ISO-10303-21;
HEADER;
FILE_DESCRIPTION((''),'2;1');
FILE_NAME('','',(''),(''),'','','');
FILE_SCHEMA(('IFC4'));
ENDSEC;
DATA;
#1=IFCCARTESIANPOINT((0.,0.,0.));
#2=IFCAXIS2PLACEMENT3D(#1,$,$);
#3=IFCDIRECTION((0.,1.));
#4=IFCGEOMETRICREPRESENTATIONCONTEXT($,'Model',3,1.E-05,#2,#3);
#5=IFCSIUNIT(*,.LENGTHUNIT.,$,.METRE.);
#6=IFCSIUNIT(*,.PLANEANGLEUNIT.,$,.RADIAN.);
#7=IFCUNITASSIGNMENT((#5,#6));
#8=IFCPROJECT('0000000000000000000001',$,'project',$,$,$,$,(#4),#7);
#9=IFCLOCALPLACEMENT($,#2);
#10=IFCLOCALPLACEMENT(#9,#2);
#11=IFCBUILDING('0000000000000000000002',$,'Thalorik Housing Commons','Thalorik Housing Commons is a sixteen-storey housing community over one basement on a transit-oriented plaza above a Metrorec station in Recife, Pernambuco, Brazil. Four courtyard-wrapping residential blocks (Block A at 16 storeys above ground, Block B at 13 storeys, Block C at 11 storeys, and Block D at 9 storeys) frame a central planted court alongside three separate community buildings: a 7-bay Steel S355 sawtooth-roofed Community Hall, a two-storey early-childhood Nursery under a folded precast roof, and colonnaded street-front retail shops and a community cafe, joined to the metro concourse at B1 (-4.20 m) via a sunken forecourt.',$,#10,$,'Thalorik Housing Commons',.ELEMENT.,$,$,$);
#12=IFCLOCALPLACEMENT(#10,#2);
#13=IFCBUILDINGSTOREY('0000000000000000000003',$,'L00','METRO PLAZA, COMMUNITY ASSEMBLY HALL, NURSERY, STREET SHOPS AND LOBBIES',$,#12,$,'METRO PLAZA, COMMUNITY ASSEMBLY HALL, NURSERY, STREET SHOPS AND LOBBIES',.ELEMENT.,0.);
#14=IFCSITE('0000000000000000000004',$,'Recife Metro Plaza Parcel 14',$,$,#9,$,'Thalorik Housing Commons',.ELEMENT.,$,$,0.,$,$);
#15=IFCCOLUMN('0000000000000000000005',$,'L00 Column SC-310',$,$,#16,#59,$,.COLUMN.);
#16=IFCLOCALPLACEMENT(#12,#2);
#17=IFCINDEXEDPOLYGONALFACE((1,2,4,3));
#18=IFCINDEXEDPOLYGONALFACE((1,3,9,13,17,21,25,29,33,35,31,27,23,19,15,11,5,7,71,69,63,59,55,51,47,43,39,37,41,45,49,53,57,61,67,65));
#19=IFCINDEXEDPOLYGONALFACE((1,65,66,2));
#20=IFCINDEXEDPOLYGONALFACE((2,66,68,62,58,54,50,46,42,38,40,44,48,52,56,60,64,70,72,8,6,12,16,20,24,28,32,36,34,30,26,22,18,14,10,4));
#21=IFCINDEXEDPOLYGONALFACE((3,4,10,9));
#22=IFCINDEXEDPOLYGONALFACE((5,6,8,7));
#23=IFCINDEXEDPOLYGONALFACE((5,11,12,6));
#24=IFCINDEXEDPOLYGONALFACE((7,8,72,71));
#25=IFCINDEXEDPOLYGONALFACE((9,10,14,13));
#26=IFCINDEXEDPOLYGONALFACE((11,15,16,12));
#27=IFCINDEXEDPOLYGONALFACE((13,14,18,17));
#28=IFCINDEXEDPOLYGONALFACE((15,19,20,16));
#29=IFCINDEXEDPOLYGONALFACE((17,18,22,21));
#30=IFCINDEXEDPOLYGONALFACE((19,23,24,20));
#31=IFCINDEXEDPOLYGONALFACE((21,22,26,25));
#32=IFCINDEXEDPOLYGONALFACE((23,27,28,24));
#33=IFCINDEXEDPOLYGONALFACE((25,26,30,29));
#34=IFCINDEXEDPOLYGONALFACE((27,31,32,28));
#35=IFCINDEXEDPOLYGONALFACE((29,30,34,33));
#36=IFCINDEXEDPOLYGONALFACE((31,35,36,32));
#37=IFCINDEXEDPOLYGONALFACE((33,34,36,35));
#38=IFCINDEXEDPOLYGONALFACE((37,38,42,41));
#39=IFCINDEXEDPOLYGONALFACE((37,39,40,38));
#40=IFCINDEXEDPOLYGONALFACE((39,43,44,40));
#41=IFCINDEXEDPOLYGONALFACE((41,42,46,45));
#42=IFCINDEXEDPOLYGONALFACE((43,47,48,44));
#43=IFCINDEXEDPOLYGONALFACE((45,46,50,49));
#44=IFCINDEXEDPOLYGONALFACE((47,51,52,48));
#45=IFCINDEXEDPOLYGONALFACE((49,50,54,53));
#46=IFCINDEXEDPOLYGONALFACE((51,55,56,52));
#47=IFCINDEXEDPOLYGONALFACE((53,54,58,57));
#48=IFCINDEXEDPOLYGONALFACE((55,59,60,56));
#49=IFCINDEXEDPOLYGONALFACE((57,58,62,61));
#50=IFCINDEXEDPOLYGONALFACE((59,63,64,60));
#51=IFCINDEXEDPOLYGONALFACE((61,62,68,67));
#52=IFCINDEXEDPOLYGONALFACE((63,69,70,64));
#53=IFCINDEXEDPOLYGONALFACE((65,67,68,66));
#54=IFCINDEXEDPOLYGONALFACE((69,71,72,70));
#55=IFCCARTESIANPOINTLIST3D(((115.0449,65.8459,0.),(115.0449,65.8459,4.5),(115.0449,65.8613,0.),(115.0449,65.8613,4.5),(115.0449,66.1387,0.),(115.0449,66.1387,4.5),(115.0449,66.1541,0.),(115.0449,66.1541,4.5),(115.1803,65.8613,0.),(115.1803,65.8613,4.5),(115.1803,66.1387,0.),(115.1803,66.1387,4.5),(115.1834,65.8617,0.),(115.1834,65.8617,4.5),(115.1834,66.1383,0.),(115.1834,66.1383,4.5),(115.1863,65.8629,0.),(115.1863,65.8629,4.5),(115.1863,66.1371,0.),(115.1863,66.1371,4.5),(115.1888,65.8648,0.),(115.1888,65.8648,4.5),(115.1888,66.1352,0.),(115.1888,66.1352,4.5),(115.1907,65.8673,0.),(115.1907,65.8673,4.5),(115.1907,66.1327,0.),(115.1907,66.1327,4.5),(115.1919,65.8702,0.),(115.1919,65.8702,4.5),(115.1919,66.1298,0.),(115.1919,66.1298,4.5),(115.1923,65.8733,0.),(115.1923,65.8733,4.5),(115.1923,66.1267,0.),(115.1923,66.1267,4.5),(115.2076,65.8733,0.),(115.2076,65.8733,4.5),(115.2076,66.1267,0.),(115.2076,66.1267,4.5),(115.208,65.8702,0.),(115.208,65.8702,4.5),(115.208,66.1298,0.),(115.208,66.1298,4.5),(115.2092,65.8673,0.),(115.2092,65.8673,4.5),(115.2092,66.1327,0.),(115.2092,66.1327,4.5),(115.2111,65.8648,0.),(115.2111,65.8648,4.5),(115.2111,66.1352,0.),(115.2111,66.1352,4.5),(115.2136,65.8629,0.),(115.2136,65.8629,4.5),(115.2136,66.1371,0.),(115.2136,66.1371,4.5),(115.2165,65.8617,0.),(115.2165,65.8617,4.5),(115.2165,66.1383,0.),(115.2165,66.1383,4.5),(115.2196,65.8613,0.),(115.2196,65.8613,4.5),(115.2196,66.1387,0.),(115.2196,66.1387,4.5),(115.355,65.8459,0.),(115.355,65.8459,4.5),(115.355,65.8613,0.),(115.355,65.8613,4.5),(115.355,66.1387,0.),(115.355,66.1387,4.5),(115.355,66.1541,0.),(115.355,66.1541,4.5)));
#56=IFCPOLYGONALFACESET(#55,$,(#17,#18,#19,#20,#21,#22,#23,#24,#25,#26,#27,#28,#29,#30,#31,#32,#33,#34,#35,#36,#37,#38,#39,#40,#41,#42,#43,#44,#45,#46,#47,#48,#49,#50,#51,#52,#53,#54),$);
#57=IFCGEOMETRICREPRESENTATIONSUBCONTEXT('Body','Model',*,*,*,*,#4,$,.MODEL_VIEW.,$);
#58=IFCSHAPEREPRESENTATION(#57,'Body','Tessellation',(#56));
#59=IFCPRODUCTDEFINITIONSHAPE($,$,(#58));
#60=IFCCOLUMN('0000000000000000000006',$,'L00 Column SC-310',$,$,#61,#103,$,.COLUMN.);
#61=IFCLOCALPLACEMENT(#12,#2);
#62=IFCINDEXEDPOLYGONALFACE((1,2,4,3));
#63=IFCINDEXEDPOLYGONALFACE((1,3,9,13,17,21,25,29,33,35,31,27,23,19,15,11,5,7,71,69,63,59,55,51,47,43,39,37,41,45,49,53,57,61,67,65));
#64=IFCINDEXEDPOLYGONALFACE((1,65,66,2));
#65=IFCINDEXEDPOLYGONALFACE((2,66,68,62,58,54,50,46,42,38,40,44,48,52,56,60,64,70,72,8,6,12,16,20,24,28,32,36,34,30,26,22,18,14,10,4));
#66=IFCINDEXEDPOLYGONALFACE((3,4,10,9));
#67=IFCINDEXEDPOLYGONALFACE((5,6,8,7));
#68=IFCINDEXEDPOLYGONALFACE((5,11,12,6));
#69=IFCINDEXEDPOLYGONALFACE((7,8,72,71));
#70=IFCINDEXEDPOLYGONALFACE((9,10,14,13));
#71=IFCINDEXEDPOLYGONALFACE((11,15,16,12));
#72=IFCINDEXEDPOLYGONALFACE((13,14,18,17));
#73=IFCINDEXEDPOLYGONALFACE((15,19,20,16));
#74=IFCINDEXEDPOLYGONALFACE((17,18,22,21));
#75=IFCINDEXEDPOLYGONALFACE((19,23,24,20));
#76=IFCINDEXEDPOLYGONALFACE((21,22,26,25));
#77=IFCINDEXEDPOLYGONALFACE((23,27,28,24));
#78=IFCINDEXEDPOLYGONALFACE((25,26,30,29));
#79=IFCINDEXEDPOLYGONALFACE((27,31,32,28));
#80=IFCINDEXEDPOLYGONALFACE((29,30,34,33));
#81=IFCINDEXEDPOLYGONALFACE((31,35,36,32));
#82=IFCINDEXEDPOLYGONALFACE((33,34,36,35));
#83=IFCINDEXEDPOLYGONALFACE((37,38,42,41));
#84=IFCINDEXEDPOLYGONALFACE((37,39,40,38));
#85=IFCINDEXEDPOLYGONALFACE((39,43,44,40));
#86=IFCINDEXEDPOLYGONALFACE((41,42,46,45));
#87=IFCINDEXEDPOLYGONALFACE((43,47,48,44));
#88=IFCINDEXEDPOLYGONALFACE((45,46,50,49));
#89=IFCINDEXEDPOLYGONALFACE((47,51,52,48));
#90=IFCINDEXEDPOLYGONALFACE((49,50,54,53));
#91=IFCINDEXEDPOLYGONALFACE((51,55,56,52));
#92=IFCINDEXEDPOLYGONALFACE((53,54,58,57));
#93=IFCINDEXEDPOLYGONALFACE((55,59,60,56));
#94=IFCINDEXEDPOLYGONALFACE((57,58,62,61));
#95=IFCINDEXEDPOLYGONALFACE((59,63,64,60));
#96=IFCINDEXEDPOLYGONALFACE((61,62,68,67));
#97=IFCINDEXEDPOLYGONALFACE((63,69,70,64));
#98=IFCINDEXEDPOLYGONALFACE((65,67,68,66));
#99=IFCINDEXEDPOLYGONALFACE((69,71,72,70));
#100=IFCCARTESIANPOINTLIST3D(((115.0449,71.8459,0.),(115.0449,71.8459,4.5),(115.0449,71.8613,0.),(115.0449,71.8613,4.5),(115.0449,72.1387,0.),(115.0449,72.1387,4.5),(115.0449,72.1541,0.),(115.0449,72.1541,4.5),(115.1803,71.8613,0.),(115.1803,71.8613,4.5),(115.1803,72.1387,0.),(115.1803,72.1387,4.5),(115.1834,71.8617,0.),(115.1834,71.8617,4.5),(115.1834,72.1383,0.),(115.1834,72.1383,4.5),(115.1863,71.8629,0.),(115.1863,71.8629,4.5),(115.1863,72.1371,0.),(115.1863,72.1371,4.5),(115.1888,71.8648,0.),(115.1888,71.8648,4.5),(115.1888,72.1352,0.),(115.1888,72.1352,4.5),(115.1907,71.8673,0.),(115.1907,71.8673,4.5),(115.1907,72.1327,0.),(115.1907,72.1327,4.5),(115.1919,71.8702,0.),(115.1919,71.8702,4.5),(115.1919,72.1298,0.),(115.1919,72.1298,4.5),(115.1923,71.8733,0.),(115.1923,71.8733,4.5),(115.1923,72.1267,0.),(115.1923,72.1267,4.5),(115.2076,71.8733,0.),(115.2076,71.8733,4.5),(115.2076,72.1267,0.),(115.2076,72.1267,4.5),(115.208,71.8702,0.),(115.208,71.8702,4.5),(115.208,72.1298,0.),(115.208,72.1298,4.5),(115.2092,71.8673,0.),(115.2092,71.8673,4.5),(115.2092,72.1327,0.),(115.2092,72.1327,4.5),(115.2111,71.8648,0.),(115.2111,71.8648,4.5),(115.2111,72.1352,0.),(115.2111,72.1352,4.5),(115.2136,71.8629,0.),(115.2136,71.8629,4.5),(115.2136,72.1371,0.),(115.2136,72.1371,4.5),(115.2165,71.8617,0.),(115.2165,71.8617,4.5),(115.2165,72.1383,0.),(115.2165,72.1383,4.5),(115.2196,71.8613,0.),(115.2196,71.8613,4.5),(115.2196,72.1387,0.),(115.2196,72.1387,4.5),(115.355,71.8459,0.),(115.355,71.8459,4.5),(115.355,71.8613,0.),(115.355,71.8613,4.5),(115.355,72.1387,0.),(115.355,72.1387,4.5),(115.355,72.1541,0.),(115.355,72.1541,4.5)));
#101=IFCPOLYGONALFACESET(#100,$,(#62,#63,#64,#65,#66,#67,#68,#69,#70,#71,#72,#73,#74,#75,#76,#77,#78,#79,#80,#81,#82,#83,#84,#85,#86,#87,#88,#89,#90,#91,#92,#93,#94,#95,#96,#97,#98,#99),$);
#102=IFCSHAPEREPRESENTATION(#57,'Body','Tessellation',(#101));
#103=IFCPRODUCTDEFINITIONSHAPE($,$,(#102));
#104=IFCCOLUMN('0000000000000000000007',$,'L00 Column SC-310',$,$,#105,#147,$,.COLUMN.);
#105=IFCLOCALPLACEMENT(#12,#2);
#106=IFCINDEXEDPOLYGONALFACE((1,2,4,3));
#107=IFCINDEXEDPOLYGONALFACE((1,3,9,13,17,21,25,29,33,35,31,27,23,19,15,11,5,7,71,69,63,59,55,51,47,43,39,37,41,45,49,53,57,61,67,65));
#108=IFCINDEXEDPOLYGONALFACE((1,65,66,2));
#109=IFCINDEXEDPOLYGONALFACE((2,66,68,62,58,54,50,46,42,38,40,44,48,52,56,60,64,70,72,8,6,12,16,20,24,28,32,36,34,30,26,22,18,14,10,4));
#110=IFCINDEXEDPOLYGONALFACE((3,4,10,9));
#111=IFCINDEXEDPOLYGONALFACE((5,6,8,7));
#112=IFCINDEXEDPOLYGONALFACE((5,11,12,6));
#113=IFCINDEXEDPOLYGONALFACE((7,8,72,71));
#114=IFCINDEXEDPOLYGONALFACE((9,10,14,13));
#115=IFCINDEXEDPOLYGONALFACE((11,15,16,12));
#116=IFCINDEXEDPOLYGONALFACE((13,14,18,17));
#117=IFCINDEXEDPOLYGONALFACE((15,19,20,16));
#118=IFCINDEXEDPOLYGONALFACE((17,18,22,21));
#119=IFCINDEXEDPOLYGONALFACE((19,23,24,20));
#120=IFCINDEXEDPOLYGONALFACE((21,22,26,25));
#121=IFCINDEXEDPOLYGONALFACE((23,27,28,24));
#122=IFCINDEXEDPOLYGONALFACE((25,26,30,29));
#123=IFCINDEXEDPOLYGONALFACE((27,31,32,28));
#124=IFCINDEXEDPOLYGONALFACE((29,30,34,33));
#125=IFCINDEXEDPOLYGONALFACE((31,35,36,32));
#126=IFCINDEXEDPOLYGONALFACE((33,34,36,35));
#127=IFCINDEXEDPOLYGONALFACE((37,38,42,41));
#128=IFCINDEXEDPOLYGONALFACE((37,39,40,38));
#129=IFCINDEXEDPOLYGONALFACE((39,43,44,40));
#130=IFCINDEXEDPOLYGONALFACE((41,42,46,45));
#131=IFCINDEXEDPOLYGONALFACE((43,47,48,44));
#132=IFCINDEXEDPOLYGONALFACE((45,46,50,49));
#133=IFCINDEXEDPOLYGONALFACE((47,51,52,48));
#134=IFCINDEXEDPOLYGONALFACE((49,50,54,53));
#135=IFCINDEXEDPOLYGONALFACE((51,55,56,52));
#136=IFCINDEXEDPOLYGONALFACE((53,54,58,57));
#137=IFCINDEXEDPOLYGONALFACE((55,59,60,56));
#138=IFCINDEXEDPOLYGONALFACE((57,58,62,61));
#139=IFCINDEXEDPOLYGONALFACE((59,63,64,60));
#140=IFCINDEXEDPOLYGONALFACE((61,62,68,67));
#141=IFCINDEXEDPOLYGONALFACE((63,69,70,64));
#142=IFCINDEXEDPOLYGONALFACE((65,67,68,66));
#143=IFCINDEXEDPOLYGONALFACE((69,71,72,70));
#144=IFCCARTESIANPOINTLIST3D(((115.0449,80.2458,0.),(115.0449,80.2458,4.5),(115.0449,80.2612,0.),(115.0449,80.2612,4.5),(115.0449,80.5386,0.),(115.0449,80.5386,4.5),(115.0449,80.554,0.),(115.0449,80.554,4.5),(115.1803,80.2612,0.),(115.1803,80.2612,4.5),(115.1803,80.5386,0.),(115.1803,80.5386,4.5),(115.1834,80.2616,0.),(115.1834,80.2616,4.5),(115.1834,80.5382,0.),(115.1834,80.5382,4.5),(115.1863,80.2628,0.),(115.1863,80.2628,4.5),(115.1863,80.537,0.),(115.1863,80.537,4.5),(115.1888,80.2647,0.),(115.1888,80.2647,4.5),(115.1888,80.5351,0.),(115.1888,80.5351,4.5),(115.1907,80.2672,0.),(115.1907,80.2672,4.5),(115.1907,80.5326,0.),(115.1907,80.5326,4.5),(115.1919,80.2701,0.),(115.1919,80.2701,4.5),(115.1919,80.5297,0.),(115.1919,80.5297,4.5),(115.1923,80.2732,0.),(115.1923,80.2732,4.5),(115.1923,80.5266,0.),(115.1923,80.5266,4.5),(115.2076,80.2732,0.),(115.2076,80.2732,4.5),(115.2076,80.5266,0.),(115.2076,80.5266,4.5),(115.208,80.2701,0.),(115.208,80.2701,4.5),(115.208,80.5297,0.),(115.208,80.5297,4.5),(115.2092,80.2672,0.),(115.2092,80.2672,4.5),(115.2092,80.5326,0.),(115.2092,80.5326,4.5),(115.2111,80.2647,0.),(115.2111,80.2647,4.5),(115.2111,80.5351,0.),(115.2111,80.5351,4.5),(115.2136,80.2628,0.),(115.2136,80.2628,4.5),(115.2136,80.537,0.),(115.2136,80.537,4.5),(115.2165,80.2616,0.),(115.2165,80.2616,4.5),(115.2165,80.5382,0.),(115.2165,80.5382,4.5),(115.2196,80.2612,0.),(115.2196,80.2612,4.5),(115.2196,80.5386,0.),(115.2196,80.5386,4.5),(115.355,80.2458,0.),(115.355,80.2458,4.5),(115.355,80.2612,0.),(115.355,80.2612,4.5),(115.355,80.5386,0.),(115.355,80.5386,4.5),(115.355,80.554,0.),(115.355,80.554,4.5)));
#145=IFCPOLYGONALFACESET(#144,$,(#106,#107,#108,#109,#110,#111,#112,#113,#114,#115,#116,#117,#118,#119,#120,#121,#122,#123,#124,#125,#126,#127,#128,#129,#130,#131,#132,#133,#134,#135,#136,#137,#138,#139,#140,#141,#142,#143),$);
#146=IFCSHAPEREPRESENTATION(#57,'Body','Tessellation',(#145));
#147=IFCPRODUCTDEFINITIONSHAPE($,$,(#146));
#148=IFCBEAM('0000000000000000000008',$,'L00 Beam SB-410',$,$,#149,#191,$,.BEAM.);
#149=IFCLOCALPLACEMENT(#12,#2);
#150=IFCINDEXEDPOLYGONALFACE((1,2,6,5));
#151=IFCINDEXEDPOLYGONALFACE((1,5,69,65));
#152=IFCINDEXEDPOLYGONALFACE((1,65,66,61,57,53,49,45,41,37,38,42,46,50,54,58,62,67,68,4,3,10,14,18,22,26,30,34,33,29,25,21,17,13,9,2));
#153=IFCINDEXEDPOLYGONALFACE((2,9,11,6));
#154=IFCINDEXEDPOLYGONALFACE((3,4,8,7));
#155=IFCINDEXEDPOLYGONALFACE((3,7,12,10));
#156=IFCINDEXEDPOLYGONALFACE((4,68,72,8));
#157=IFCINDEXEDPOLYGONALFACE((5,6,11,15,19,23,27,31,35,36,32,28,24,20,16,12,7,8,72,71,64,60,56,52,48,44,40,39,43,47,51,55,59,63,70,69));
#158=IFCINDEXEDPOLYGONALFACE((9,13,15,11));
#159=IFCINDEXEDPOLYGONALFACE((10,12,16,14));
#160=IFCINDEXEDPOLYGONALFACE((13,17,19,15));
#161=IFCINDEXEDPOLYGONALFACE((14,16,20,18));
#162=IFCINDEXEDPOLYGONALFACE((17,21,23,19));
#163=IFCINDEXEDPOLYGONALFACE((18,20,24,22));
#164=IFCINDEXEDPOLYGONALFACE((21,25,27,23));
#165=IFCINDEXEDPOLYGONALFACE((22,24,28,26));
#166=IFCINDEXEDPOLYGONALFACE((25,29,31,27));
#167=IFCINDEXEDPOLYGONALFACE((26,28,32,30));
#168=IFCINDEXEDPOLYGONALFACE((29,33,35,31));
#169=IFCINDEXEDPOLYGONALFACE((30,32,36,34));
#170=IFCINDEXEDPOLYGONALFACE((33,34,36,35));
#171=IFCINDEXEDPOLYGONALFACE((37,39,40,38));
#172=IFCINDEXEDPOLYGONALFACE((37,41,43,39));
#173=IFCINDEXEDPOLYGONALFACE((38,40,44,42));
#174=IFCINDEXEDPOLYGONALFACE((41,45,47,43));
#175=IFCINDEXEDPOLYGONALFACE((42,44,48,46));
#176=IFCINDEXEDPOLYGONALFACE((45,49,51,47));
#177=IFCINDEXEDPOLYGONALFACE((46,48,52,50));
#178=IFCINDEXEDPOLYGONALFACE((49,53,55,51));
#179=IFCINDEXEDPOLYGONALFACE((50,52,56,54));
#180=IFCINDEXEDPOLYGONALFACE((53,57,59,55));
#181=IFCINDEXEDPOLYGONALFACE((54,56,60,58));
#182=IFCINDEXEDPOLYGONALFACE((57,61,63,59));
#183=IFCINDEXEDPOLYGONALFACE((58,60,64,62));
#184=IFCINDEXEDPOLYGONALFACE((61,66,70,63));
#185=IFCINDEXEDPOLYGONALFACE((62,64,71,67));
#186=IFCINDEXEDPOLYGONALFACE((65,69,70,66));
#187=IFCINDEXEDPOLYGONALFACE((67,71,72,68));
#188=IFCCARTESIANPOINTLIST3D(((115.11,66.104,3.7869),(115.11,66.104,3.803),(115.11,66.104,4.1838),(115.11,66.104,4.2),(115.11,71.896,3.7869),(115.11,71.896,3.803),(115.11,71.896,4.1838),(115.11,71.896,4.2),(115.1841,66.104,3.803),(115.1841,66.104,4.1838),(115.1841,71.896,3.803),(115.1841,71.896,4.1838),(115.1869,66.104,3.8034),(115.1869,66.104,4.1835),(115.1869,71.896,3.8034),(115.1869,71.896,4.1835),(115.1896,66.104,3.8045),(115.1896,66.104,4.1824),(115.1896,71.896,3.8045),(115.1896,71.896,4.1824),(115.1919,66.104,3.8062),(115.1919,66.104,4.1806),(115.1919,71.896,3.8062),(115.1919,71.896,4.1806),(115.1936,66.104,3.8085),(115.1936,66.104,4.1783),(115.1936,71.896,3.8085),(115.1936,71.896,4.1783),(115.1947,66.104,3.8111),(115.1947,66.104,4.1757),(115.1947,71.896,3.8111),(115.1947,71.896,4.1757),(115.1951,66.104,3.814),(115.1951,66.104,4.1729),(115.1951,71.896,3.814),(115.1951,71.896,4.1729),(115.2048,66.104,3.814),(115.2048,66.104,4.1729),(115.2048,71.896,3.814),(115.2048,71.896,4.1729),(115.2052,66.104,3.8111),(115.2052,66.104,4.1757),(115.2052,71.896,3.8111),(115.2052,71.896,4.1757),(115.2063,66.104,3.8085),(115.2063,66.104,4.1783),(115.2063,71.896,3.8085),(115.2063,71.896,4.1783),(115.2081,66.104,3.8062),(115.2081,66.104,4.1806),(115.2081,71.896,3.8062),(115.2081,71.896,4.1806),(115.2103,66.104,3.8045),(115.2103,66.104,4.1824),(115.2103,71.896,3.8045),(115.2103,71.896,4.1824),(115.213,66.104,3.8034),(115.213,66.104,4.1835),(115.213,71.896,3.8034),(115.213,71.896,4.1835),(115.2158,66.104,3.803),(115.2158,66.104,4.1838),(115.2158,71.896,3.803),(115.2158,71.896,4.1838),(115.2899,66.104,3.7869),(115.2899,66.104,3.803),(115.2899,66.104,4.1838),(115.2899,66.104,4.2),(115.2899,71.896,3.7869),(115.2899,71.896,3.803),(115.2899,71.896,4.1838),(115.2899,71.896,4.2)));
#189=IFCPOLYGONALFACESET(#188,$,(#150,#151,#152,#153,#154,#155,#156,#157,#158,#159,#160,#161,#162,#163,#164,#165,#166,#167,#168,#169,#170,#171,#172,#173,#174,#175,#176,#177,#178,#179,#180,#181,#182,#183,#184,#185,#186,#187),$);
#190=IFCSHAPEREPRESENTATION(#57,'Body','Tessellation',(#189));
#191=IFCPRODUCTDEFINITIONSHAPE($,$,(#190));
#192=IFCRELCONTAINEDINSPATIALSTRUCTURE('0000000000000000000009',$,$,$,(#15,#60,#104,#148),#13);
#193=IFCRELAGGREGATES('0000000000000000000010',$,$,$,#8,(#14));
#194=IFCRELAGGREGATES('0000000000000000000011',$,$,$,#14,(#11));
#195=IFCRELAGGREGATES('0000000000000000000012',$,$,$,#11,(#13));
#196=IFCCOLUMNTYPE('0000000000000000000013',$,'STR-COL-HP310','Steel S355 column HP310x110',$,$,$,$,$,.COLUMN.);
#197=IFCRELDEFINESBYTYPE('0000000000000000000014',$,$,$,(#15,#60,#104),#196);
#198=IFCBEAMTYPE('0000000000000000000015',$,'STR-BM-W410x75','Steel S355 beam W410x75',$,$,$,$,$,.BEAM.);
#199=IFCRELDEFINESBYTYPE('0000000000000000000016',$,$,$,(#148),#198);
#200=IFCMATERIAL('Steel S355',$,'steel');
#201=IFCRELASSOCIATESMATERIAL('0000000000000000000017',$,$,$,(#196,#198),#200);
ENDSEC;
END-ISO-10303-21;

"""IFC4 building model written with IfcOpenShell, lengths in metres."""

from ifc_helpers import new_model, si_unit, direction, frame, origin, origin_2d, place, context, subcontext, project, spatial, i_section, extrude, material, material_profile, profile_set, type_object, element, save


model = new_model("IFC4")

# Units and contexts
model_context = context("Model", 3, precision=1e-05, world=origin(), true_north=direction((0.0, 1.0)))
body_context = subcontext(model_context, "Body", "Model", "MODEL_VIEW")
ifc_project = project(units=[si_unit("LENGTHUNIT", "METRE"), si_unit("PLANEANGLEUNIT", "RADIAN")], contexts=[model_context])

# Site, building, storey
site_placement = place(None, origin())
site = spatial("IfcSite", under=ifc_project, at=site_placement, Name="Recife Metro Plaza Parcel 14", LongName="Thalorik Housing Commons", CompositionType="ELEMENT", RefElevation=0.0)
building_placement = place(site_placement, origin())
building = spatial("IfcBuilding", under=site, at=building_placement, Name="Thalorik Housing Commons", Description="Thalorik Housing Commons is a sixteen-storey housing community over one basement on a transit-oriented plaza above a Metrorec station in Recife, Pernambuco, Brazil. Four courtyard-wrapping residential blocks (Block A at 16 storeys above ground, Block B at 13 storeys, Block C at 11 storeys, and Block D at 9 storeys) frame a central planted court alongside three separate community buildings: a 7-bay Steel S355 sawtooth-roofed Community Hall, a two-storey early-childhood Nursery under a folded precast roof, and colonnaded street-front retail shops and a community cafe, joined to the metro concourse at B1 (-4.20 m) via a sunken forecourt.", LongName="Thalorik Housing Commons", CompositionType="ELEMENT")
storey_placement = place(building_placement, origin())
storey = spatial("IfcBuildingStorey", under=building, at=storey_placement, Name="L00", Description="METRO PLAZA, COMMUNITY ASSEMBLY HALL, NURSERY, STREET SHOPS AND LOBBIES", LongName="METRO PLAZA, COMMUNITY ASSEMBLY HALL, NURSERY, STREET SHOPS AND LOBBIES", CompositionType="ELEMENT", Elevation=0.0)

# Columns
ifc_material_1 = material(Name="Steel S355", Category="steel")
ifc_material_profile_1 = material_profile(ifc_material_1, i_section(OverallWidth=0.3101, OverallDepth=0.3081, WebThickness=0.0154, FlangeThickness=0.0154, FilletRadius=0.012, at=origin_2d()), Name="HP310x110", Category="steel")
ifc_profile_set_1 = profile_set([ifc_material_profile_1], Name="Steel S355")
column_type = type_object("IfcColumnType", Name="STR-COL-HP310", Description="Steel S355 column HP310x110", PredefinedType="COLUMN", material=ifc_profile_set_1)
for number, where, z_axis, x_axis, name in (
    (1, (115.2, 66.0, 0.0), (0.0, 0.0, 1.0), (1.0, 0.0, 0.0), "L00 Column SC-310"),
    (2, (115.2, 72.0, 0.0), (0.0, 0.0, 1.0), (1.0, 0.0, 0.0), "L00 Column SC-310"),
    (3, (115.2, 80.3999, 0.0), (0.0, 0.0, 1.0), (1.0, 0.0, 0.0), "L00 Column SC-310"),
):
    element("IfcColumn", number, at=place(storey_placement, frame(where, z_axis=z_axis, x_axis=x_axis)), inside=storey, type_object=column_type, Name=name, PredefinedType="COLUMN", context=body_context, shape_type="SweptSolid", body=[
        extrude(i_section(OverallWidth=0.3101, OverallDepth=0.3081, WebThickness=0.0154, FlangeThickness=0.0154, FilletRadius=0.012, at=origin_2d()), origin(), (0.0, 0.0, 1.0), 4.5),
    ])

# Beam
ifc_material_profile_2 = material_profile(ifc_material_1, i_section(OverallWidth=0.1799, OverallDepth=0.4131, WebThickness=0.0098, FlangeThickness=0.0161, FilletRadius=0.011, at=origin_2d()), Name="W410x75", Category="steel")
ifc_profile_set_2 = profile_set([ifc_material_profile_2], Name="Steel S355")
beam_type_1 = type_object("IfcBeamType", Name="STR-BM-W410x75", Description="Steel S355 beam W410x75", PredefinedType="BEAM", material=ifc_profile_set_2)
for number, where, z_axis, x_axis, name in (
    (4, (115.2, 66.104, 3.9934), (0.0, 1.0, 0.0), (-1.0, 0.0, 0.0), "L00 Beam SB-410"),
):
    element("IfcBeam", number, at=place(storey_placement, frame(where, z_axis=z_axis, x_axis=x_axis)), inside=storey, type_object=beam_type_1, Name=name, PredefinedType="BEAM", context=body_context, shape_type="SweptSolid", body=[
        extrude(i_section(OverallWidth=0.1799, OverallDepth=0.4131, WebThickness=0.0098, FlangeThickness=0.0161, FilletRadius=0.011, at=origin_2d()), origin(), (0.0, 0.0, 1.0), 5.792),
    ])

save(model, "model.ifc")
